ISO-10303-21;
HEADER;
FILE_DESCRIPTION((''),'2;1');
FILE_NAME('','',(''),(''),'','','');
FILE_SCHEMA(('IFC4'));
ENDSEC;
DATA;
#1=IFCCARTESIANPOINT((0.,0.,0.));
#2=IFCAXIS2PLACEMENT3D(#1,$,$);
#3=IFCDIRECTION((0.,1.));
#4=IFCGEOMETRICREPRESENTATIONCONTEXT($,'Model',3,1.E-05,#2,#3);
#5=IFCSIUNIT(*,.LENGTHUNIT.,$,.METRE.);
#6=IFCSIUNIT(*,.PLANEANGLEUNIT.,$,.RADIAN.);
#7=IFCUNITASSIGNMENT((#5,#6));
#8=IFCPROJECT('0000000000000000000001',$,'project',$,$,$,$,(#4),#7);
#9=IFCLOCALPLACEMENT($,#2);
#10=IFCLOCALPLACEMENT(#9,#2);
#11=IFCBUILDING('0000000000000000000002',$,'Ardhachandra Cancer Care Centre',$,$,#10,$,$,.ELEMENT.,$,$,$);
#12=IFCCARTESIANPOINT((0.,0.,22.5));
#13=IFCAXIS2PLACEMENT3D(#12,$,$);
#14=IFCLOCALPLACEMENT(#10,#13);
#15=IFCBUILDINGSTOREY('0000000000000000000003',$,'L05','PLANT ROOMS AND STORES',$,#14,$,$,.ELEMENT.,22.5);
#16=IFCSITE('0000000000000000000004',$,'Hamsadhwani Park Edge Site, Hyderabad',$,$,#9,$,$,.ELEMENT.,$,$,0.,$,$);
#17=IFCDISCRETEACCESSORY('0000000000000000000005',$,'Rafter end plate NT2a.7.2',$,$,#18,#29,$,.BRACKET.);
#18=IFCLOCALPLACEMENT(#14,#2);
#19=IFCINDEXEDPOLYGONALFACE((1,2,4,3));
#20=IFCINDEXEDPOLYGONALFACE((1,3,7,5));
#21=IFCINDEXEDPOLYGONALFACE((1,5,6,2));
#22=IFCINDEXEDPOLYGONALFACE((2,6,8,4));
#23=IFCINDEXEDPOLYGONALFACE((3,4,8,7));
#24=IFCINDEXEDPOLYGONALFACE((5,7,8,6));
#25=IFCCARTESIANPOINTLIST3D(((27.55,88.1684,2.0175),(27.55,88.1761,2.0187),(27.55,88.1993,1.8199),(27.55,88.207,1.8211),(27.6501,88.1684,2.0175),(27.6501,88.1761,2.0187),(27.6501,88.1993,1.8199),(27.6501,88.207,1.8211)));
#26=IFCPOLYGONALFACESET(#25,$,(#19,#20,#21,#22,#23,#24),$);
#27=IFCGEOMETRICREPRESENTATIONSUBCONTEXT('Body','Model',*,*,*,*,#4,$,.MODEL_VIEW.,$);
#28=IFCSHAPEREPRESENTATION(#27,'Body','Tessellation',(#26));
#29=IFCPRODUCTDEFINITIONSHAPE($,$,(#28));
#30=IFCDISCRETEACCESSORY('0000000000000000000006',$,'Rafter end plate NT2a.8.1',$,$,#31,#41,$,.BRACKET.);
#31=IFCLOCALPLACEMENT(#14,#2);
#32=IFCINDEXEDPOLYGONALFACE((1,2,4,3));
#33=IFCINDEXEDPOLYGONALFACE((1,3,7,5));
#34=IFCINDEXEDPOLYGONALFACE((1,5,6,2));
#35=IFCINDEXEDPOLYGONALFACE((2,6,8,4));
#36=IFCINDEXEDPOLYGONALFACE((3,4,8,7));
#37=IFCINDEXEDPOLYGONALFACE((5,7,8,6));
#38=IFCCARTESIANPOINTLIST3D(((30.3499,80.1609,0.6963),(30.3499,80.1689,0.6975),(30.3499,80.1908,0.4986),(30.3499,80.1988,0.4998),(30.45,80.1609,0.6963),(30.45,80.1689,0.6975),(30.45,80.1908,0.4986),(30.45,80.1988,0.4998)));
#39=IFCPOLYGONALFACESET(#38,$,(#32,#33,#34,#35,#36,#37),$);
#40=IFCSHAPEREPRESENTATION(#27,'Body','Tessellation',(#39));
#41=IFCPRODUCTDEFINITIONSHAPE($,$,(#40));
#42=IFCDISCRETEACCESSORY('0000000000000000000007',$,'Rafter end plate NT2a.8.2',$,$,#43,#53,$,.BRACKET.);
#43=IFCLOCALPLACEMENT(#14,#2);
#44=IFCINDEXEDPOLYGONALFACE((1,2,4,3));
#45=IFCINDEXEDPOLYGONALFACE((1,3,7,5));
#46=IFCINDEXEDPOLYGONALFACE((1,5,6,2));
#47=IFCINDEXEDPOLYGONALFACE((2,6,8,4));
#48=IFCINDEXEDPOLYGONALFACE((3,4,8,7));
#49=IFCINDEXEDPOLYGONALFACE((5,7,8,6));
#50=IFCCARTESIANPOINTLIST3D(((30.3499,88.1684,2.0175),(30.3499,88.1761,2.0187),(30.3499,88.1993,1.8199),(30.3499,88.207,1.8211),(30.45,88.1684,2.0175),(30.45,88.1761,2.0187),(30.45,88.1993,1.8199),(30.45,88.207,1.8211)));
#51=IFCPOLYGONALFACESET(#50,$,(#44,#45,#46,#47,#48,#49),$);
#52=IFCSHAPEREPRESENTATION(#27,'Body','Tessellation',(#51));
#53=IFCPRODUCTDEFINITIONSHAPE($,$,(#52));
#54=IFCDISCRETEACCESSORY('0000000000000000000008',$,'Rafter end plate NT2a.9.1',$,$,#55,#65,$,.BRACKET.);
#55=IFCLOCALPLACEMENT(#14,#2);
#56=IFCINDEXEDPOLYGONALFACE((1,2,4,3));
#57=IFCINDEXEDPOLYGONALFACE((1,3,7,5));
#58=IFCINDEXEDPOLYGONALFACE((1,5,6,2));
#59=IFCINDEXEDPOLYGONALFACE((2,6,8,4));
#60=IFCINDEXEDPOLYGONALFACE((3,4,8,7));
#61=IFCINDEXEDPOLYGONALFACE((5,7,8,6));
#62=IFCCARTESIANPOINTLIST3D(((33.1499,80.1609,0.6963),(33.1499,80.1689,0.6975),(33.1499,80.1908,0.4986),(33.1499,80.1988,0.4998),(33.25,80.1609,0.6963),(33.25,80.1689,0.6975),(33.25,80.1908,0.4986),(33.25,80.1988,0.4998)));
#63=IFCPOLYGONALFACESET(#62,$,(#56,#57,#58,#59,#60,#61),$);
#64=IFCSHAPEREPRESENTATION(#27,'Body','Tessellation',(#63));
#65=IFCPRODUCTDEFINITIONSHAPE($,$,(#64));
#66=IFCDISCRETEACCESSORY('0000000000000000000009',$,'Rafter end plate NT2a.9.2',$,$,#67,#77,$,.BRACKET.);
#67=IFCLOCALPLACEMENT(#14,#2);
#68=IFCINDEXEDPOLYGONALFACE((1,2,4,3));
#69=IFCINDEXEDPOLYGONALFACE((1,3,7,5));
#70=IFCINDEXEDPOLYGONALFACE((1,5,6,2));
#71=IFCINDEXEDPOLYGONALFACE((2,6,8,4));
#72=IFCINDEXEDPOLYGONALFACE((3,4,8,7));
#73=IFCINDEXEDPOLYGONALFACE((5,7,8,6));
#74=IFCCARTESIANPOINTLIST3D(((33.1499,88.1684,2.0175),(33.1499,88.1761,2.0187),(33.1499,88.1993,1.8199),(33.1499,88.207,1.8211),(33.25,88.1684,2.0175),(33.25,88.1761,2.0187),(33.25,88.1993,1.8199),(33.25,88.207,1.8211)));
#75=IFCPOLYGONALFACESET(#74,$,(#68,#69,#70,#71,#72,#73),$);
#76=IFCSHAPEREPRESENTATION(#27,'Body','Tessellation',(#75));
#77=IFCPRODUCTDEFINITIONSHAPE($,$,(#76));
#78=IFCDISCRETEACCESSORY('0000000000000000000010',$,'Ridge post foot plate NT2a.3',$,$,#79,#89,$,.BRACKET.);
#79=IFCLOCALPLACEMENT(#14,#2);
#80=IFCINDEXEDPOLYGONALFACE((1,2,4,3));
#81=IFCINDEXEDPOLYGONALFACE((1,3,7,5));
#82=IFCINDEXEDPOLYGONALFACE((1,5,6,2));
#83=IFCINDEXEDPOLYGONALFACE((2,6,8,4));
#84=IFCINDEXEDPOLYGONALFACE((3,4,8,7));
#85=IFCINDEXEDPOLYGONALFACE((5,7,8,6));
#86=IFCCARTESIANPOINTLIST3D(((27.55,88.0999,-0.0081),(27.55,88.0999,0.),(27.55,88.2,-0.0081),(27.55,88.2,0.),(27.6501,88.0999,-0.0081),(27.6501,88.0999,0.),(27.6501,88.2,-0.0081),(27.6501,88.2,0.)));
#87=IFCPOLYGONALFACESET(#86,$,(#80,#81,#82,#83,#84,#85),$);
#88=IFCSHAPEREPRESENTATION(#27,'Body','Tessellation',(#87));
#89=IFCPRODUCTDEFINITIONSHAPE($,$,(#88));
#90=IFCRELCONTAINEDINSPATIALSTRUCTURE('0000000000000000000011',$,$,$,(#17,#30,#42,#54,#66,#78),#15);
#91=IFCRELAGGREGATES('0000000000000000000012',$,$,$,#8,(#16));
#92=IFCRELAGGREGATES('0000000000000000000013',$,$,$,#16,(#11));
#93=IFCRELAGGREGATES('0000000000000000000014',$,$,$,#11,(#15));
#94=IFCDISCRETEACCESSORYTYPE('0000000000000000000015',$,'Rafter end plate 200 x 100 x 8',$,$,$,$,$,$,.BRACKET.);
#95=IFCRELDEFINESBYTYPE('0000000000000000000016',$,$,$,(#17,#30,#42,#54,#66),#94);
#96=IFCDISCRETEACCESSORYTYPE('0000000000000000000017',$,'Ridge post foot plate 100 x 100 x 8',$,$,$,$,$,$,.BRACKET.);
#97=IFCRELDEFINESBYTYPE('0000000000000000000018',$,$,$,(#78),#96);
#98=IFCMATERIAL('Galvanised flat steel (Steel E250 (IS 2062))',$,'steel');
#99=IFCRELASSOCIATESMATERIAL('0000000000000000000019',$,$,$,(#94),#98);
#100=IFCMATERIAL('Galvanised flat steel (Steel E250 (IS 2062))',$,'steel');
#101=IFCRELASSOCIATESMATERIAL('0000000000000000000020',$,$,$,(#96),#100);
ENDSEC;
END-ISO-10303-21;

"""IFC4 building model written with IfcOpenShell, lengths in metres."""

from ifc_helpers import new_model, si_unit, direction, frame, origin, origin_2d, place, context, subcontext, project, spatial, rectangle, extrude, material, material_profile, profile_set, type_object, element, save


model = new_model("IFC4")

# Units and contexts
model_context = context("Model", 3, precision=1e-05, world=origin(), true_north=direction((0.0, 1.0)))
body_context = subcontext(model_context, "Body", "Model", "MODEL_VIEW")
ifc_project = project(units=[si_unit("LENGTHUNIT", "METRE"), si_unit("PLANEANGLEUNIT", "RADIAN")], contexts=[model_context])

# Site, building, storey
site_placement = place(None, origin())
site = spatial("IfcSite", under=ifc_project, at=site_placement, Name="Hamsadhwani Park Edge Site, Hyderabad", CompositionType="ELEMENT", RefElevation=0.0)
building_placement = place(site_placement, origin())
building = spatial("IfcBuilding", under=site, at=building_placement, Name="Ardhachandra Cancer Care Centre", CompositionType="ELEMENT")
storey_placement = place(building_placement, frame((0.0, 0.0, 22.5)))
storey = spatial("IfcBuildingStorey", under=building, at=storey_placement, Name="L05", Description="PLANT ROOMS AND STORES", CompositionType="ELEMENT", Elevation=22.5)

# Discrete accessories
ifc_material_1 = material(Name="Galvanised flat steel (Steel E250 (IS 2062))", Category="steel")
ifc_material_profile_1 = material_profile(ifc_material_1, rectangle(XDim=0.1001, YDim=0.2, at=origin_2d()), Name="Rafter end plate 200 x 100 x 8")
ifc_profile_set_1 = profile_set([ifc_material_profile_1], Name="Galvanised flat steel (Steel E250 (IS 2062))")
discrete_accessory_type_1 = type_object("IfcDiscreteAccessoryType", Name="Rafter end plate 200 x 100 x 8", PredefinedType="BRACKET", material=ifc_profile_set_1)
discrete_accessory_1_placement = place(storey_placement, frame((27.6001, 88.1838, 1.9187), z_axis=(0.0, 0.988012, 0.154377), x_axis=(-1.0, 0.0, 0.0)))
element("IfcDiscreteAccessory", 1, at=discrete_accessory_1_placement, inside=storey, type_object=discrete_accessory_type_1, Name="Rafter end plate NT2a.7.2", PredefinedType="BRACKET", context=body_context, shape_type="SweptSolid", body=[
    extrude(rectangle(XDim=0.1001, YDim=0.2, at=origin_2d()), origin(), (0.0, 0.0, 1.0), 0.0078),
])
discrete_accessory_2_placement = place(storey_placement, frame((30.3999, 80.1838, 0.5986), z_axis=(0.0, -0.988716, -0.149805), x_axis=(1.0, 0.0, 0.0)))
element("IfcDiscreteAccessory", 2, at=discrete_accessory_2_placement, inside=storey, type_object=discrete_accessory_type_1, Name="Rafter end plate NT2a.8.1", PredefinedType="BRACKET", context=body_context, shape_type="SweptSolid", body=[
    extrude(rectangle(XDim=0.1001, YDim=0.2, at=origin_2d()), origin(), (0.0, 0.0, 1.0), 0.0081),
])
discrete_accessory_3_placement = place(storey_placement, frame((30.3999, 88.1838, 1.9187), z_axis=(0.0, 0.988012, 0.154377), x_axis=(-1.0, 0.0, 0.0)))
element("IfcDiscreteAccessory", 3, at=discrete_accessory_3_placement, inside=storey, type_object=discrete_accessory_type_1, Name="Rafter end plate NT2a.8.2", PredefinedType="BRACKET", context=body_context, shape_type="SweptSolid", body=[
    extrude(rectangle(XDim=0.1001, YDim=0.2, at=origin_2d()), origin(), (0.0, 0.0, 1.0), 0.0078),
])
discrete_accessory_4_placement = place(storey_placement, frame((33.2, 80.1838, 0.5986), z_axis=(0.0, -0.988716, -0.149805), x_axis=(1.0, 0.0, 0.0)))
element("IfcDiscreteAccessory", 4, at=discrete_accessory_4_placement, inside=storey, type_object=discrete_accessory_type_1, Name="Rafter end plate NT2a.9.1", PredefinedType="BRACKET", context=body_context, shape_type="SweptSolid", body=[
    extrude(rectangle(XDim=0.1001, YDim=0.2, at=origin_2d()), origin(), (0.0, 0.0, 1.0), 0.0081),
])
discrete_accessory_5_placement = place(storey_placement, frame((33.2, 88.1838, 1.9187), z_axis=(0.0, 0.988012, 0.154377), x_axis=(-1.0, 0.0, 0.0)))
element("IfcDiscreteAccessory", 5, at=discrete_accessory_5_placement, inside=storey, type_object=discrete_accessory_type_1, Name="Rafter end plate NT2a.9.2", PredefinedType="BRACKET", context=body_context, shape_type="SweptSolid", body=[
    extrude(rectangle(XDim=0.1001, YDim=0.2, at=origin_2d()), origin(), (0.0, 0.0, 1.0), 0.0078),
])
ifc_material_2 = material(Name="Galvanised flat steel (Steel E250 (IS 2062))", Category="steel")
ifc_material_profile_2 = material_profile(ifc_material_2, rectangle(XDim=0.1001, YDim=0.1001, at=origin_2d()), Name="Ridge post foot plate 100 x 100 x 8")
ifc_profile_set_2 = profile_set([ifc_material_profile_2], Name="Galvanised flat steel (Steel E250 (IS 2062))")
discrete_accessory_type_2 = type_object("IfcDiscreteAccessoryType", Name="Ridge post foot plate 100 x 100 x 8", PredefinedType="BRACKET", material=ifc_profile_set_2)
discrete_accessory_6_placement = place(storey_placement, frame((27.6001, 88.1499, 0.0), z_axis=(0.0, 0.0, -1.0), x_axis=(1.0, 0.0, 0.0)))
element("IfcDiscreteAccessory", 6, at=discrete_accessory_6_placement, inside=storey, type_object=discrete_accessory_type_2, Name="Ridge post foot plate NT2a.3", PredefinedType="BRACKET", context=body_context, shape_type="SweptSolid", body=[
    extrude(rectangle(XDim=0.1001, YDim=0.1001, at=origin_2d()), origin(), (0.0, 0.0, 1.0), 0.0081),
])

save(model, "model.ifc")
